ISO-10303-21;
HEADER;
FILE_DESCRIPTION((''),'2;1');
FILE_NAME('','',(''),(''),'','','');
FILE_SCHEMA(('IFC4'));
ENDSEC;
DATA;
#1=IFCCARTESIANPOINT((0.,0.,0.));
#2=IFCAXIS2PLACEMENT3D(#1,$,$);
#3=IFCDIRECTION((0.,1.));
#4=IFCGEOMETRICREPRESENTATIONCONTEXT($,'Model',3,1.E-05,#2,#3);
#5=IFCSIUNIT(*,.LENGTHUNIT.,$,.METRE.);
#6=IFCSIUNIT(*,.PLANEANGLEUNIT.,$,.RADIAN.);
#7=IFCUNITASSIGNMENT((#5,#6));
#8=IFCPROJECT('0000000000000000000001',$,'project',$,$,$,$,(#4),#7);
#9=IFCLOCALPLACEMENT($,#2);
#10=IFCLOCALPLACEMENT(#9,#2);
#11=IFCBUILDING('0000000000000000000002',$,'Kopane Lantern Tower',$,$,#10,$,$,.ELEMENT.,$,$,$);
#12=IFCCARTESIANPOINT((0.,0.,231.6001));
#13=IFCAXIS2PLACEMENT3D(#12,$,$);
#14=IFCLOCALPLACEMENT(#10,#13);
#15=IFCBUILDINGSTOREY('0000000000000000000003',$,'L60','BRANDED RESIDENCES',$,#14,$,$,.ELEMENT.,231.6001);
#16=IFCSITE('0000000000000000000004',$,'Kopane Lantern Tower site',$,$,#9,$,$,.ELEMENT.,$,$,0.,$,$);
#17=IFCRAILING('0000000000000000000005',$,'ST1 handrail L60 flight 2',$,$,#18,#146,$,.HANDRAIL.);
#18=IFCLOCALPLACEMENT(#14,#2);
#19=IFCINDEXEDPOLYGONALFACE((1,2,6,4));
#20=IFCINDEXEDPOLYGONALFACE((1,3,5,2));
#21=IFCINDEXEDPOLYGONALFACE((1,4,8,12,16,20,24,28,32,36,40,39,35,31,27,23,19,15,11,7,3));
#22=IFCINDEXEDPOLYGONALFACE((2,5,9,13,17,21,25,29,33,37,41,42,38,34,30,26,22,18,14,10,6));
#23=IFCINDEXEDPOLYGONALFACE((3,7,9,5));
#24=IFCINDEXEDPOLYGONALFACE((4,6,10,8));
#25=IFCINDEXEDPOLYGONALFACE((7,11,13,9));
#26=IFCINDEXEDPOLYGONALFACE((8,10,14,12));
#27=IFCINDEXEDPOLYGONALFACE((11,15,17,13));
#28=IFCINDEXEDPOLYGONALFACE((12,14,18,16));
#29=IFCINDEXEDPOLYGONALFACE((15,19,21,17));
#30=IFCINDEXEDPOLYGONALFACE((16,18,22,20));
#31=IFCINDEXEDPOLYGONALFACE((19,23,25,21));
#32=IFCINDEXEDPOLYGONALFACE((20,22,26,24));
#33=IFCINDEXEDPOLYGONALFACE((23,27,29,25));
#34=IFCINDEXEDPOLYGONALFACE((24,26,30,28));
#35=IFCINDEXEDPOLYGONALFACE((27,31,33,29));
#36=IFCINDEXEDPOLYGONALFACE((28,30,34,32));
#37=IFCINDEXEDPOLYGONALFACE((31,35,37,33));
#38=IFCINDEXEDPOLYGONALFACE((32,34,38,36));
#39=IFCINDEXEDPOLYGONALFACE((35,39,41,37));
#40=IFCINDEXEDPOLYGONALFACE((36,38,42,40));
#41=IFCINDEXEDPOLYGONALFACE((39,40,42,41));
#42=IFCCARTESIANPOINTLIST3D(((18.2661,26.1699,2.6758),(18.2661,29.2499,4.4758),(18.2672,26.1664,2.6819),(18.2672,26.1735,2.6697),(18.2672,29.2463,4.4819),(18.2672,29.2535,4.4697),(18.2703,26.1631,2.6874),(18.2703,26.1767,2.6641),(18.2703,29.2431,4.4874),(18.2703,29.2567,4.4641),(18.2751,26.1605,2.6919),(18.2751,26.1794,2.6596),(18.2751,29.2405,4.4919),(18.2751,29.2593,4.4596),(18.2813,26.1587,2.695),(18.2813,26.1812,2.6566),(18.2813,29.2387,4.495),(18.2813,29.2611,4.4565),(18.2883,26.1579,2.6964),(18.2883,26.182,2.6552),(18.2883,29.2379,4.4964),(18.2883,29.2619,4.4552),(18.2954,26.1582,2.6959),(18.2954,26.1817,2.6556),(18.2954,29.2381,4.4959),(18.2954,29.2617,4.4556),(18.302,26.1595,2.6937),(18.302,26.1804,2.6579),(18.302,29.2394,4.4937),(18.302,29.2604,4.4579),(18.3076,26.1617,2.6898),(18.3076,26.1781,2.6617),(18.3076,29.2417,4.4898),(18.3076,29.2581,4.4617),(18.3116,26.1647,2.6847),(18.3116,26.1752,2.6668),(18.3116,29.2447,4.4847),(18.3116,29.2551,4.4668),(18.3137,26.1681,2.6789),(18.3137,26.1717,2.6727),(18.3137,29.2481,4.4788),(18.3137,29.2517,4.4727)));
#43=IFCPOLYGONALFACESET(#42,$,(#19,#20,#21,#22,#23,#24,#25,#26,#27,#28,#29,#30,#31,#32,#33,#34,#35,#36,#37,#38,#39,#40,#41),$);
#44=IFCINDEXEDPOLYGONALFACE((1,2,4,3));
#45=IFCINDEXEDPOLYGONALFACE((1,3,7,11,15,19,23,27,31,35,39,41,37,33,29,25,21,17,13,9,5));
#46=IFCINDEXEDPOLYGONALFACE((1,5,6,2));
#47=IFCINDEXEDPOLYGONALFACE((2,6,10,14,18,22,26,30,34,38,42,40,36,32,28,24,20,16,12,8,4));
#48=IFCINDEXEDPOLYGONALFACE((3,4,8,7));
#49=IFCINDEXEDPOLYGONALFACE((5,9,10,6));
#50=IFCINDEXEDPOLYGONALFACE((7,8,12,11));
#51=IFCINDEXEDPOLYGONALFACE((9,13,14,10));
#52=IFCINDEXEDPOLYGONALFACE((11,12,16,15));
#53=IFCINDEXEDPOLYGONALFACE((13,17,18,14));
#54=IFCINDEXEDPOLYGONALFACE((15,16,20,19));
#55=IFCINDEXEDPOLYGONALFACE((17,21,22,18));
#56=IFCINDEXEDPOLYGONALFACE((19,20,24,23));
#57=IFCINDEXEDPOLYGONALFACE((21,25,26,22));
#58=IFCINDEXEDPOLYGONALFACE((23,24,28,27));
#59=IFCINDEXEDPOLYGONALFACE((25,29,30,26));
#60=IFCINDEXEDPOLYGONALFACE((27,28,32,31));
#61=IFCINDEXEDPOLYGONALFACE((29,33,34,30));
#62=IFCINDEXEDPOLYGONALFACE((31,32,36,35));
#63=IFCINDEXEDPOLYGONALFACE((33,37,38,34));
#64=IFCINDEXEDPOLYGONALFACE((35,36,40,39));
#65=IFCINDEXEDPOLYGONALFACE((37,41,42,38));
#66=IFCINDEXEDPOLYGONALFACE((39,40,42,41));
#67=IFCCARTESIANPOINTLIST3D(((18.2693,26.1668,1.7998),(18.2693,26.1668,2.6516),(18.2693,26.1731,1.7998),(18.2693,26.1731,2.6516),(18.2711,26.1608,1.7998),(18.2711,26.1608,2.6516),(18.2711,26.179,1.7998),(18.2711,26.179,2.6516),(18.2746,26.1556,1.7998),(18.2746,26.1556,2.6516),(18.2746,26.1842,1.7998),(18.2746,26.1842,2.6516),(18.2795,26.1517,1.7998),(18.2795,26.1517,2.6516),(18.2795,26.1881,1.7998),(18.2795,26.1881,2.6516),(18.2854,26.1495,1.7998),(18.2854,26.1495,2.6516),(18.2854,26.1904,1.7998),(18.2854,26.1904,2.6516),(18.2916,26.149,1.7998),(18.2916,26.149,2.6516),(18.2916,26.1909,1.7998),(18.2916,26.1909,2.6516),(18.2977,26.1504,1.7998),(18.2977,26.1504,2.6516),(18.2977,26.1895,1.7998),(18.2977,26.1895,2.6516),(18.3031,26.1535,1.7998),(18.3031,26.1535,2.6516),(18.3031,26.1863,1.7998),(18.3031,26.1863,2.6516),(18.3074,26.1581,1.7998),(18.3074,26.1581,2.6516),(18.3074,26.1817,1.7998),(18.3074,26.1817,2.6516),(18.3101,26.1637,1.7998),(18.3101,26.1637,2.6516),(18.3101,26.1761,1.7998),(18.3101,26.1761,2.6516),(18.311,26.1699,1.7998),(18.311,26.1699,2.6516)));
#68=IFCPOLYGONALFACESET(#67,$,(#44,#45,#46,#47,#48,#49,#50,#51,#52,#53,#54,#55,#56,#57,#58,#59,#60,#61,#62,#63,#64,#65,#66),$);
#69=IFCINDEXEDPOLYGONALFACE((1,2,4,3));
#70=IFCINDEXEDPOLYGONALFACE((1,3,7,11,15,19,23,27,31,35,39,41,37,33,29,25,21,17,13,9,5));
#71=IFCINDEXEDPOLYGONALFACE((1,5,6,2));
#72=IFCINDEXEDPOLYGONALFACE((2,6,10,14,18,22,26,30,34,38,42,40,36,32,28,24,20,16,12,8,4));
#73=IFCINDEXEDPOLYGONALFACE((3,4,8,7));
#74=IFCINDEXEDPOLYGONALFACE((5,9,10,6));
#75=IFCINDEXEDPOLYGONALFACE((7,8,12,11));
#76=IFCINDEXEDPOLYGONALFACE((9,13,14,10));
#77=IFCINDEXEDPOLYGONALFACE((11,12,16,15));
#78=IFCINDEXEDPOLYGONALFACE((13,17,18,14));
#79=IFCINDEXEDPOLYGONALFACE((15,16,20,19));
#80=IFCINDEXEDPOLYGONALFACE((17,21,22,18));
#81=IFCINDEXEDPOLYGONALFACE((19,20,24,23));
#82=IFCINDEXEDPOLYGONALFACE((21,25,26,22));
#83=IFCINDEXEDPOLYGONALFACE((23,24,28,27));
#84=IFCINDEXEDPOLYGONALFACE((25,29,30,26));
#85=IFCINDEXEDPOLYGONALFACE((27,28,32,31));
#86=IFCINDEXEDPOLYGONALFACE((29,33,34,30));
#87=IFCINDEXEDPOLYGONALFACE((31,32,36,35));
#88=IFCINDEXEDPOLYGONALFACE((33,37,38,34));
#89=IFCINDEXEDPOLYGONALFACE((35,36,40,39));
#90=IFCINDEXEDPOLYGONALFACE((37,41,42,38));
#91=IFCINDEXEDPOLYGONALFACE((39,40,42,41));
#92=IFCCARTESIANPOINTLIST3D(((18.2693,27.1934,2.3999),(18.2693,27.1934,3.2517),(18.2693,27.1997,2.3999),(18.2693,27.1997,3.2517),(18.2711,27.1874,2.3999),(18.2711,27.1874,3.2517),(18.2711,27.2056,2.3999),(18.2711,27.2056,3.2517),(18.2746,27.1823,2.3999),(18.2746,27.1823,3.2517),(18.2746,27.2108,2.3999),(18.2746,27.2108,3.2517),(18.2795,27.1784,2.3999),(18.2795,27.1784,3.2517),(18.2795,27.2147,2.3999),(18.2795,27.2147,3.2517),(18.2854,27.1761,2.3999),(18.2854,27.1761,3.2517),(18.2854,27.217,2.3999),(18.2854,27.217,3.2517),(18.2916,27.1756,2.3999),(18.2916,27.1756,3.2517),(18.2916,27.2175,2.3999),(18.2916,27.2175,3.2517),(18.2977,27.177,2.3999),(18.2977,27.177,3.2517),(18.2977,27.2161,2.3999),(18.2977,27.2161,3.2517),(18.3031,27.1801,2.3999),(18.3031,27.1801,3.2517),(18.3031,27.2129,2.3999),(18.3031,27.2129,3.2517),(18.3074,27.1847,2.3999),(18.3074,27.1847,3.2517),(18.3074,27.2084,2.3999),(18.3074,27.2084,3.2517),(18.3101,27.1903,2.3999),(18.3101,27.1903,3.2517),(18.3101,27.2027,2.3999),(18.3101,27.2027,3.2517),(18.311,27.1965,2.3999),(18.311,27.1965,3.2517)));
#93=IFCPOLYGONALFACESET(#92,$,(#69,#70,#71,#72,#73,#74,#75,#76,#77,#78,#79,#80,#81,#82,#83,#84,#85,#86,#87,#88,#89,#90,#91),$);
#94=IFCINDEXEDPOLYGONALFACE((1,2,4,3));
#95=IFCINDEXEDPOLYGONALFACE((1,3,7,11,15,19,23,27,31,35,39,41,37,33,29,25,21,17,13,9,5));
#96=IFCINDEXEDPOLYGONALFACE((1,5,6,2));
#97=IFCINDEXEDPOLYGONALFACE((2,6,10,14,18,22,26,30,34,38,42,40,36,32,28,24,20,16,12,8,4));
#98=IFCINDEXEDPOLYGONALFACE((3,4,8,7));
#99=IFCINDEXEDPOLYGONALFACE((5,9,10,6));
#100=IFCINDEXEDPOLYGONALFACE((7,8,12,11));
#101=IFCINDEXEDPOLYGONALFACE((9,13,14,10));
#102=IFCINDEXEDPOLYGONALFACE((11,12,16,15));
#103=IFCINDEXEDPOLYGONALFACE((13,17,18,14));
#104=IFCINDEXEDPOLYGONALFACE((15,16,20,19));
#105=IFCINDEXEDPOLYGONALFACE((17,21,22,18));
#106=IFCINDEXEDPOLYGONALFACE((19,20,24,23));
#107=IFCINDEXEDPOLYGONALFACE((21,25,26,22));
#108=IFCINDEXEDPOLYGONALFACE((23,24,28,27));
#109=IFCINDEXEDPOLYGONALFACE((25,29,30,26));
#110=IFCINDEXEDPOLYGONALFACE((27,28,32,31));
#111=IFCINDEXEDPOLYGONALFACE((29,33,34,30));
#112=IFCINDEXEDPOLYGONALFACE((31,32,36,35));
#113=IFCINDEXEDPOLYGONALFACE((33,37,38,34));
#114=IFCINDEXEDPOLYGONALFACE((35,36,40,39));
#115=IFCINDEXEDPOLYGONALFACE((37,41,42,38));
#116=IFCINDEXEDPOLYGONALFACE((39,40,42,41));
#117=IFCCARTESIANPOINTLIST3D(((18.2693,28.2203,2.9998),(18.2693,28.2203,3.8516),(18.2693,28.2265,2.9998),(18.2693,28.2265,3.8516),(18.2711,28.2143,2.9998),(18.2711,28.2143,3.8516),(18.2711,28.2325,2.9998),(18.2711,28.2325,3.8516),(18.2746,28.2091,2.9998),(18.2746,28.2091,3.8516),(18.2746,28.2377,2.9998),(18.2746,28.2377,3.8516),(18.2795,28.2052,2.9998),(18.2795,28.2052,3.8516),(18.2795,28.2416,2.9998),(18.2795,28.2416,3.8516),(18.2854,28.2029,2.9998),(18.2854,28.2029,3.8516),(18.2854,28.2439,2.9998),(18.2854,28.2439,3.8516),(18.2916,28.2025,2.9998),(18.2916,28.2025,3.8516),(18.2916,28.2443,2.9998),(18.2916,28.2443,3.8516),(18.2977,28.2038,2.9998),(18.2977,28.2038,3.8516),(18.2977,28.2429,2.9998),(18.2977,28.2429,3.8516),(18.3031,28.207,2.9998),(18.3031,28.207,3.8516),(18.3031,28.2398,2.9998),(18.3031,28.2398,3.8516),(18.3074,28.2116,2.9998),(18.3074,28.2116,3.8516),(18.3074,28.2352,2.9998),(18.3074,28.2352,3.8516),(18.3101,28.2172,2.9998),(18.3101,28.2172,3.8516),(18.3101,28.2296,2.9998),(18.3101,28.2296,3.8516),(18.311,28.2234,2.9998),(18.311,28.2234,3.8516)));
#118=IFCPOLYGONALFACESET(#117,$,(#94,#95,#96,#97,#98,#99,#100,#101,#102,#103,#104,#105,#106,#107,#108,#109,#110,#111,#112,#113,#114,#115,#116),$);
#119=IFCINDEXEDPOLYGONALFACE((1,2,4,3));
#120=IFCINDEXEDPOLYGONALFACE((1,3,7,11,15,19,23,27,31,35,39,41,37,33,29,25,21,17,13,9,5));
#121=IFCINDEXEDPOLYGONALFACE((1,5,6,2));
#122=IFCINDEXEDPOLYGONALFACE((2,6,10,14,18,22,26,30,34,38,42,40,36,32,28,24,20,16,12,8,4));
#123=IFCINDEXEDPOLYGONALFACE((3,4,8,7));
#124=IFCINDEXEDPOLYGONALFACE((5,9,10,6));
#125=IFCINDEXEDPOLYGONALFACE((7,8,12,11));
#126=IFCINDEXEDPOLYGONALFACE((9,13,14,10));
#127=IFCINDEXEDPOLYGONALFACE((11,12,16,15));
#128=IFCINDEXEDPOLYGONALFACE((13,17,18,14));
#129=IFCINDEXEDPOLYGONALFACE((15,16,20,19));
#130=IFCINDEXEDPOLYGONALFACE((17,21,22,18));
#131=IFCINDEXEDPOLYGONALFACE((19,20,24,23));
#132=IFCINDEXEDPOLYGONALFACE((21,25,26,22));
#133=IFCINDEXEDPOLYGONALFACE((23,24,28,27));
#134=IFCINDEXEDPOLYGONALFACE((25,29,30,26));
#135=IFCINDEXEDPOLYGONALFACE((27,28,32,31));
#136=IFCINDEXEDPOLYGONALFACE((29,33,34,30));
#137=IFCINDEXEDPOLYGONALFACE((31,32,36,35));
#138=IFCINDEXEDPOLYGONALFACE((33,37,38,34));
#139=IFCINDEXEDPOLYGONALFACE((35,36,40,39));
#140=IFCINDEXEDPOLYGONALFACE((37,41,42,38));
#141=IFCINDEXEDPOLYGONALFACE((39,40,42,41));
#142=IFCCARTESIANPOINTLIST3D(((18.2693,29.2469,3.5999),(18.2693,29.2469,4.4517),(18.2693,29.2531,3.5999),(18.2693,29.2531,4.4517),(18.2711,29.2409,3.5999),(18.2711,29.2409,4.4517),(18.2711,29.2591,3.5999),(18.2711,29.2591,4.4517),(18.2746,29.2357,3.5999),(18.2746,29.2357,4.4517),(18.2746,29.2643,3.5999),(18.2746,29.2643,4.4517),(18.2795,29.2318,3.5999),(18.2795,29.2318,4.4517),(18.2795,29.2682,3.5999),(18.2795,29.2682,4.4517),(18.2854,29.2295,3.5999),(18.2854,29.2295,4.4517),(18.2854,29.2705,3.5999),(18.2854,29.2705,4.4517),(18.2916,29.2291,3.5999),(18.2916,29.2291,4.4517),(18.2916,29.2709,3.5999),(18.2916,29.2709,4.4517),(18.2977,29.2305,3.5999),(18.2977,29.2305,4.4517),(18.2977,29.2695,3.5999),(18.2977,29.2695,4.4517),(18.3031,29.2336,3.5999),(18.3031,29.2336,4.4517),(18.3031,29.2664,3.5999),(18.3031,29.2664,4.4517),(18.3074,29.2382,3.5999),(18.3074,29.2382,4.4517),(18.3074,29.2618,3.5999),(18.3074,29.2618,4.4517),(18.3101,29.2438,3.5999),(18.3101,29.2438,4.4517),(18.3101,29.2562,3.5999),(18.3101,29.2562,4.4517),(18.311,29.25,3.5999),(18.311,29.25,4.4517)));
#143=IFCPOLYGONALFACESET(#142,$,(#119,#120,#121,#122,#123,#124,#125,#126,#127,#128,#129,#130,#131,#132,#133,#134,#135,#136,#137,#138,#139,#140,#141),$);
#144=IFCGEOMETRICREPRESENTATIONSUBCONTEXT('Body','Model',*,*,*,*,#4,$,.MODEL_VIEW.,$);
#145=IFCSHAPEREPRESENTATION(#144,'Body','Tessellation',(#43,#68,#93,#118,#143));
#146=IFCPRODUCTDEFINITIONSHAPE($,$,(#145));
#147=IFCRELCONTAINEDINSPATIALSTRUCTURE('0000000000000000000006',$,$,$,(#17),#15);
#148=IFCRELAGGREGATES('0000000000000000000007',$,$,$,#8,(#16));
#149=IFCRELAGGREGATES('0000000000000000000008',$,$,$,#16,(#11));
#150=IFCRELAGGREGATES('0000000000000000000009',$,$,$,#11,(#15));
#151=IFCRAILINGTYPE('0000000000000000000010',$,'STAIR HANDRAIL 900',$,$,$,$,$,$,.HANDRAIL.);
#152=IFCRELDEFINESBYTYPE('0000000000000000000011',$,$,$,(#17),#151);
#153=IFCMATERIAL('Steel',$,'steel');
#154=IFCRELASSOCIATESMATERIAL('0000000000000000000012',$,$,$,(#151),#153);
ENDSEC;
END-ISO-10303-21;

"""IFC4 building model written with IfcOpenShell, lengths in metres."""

from ifc_helpers import new_model, si_unit, direction, frame, origin, origin_2d, place, context, subcontext, project, spatial, circle, extrude, material, type_object, element, save


model = new_model("IFC4")

# Units and contexts
model_context = context("Model", 3, precision=1e-05, world=origin(), true_north=direction((0.0, 1.0)))
body_context = subcontext(model_context, "Body", "Model", "MODEL_VIEW")
ifc_project = project(units=[si_unit("LENGTHUNIT", "METRE"), si_unit("PLANEANGLEUNIT", "RADIAN")], contexts=[model_context])

# Site, building, storey
site_placement = place(None, origin())
site = spatial("IfcSite", under=ifc_project, at=site_placement, Name="Kopane Lantern Tower site", CompositionType="ELEMENT", RefElevation=0.0)
building_placement = place(site_placement, origin())
building = spatial("IfcBuilding", under=site, at=building_placement, Name="Kopane Lantern Tower", CompositionType="ELEMENT")
storey_placement = place(building_placement, frame((0.0, 0.0, 231.6001)))
storey = spatial("IfcBuildingStorey", under=building, at=storey_placement, Name="L60", Description="BRANDED RESIDENCES", CompositionType="ELEMENT", Elevation=231.6001)

# Railing
ifc_material_1 = material(Name="Steel", Category="steel")
railing_type_1 = type_object("IfcRailingType", Name="STAIR HANDRAIL 900", PredefinedType="HANDRAIL", material=ifc_material_1)
for number, where, name in (
    (1, (18.29, 26.1699, 1.7998), "ST1 handrail L60 flight 2"),
):
    element("IfcRailing", number, at=place(storey_placement, frame(where)), inside=storey, type_object=railing_type_1, Name=name, PredefinedType="HANDRAIL", context=body_context, shape_type="SweptSolid", body=[
        extrude(circle(Radius=0.0239, at=origin_2d()), frame((0.0, 0.0, 0.876), z_axis=(0.0, 0.863372, 0.504569), x_axis=(-1.0, 0.0, 0.0)), (0.0, 0.0, 1.0), 3.5674),
        extrude(circle(Radius=0.021, at=origin_2d()), origin(), (0.0, 0.0, 1.0), 0.8518),
        extrude(circle(Radius=0.021, at=origin_2d()), frame((0.0, 1.0266, 0.6001)), (0.0, 0.0, 1.0), 0.8518),
        extrude(circle(Radius=0.021, at=origin_2d()), frame((0.0, 2.0535, 1.2)), (0.0, 0.0, 1.0), 0.8518),
        extrude(circle(Radius=0.021, at=origin_2d()), frame((0.0, 3.0801, 1.8)), (0.0, 0.0, 1.0), 0.8518),
    ])

save(model, "model.ifc")
